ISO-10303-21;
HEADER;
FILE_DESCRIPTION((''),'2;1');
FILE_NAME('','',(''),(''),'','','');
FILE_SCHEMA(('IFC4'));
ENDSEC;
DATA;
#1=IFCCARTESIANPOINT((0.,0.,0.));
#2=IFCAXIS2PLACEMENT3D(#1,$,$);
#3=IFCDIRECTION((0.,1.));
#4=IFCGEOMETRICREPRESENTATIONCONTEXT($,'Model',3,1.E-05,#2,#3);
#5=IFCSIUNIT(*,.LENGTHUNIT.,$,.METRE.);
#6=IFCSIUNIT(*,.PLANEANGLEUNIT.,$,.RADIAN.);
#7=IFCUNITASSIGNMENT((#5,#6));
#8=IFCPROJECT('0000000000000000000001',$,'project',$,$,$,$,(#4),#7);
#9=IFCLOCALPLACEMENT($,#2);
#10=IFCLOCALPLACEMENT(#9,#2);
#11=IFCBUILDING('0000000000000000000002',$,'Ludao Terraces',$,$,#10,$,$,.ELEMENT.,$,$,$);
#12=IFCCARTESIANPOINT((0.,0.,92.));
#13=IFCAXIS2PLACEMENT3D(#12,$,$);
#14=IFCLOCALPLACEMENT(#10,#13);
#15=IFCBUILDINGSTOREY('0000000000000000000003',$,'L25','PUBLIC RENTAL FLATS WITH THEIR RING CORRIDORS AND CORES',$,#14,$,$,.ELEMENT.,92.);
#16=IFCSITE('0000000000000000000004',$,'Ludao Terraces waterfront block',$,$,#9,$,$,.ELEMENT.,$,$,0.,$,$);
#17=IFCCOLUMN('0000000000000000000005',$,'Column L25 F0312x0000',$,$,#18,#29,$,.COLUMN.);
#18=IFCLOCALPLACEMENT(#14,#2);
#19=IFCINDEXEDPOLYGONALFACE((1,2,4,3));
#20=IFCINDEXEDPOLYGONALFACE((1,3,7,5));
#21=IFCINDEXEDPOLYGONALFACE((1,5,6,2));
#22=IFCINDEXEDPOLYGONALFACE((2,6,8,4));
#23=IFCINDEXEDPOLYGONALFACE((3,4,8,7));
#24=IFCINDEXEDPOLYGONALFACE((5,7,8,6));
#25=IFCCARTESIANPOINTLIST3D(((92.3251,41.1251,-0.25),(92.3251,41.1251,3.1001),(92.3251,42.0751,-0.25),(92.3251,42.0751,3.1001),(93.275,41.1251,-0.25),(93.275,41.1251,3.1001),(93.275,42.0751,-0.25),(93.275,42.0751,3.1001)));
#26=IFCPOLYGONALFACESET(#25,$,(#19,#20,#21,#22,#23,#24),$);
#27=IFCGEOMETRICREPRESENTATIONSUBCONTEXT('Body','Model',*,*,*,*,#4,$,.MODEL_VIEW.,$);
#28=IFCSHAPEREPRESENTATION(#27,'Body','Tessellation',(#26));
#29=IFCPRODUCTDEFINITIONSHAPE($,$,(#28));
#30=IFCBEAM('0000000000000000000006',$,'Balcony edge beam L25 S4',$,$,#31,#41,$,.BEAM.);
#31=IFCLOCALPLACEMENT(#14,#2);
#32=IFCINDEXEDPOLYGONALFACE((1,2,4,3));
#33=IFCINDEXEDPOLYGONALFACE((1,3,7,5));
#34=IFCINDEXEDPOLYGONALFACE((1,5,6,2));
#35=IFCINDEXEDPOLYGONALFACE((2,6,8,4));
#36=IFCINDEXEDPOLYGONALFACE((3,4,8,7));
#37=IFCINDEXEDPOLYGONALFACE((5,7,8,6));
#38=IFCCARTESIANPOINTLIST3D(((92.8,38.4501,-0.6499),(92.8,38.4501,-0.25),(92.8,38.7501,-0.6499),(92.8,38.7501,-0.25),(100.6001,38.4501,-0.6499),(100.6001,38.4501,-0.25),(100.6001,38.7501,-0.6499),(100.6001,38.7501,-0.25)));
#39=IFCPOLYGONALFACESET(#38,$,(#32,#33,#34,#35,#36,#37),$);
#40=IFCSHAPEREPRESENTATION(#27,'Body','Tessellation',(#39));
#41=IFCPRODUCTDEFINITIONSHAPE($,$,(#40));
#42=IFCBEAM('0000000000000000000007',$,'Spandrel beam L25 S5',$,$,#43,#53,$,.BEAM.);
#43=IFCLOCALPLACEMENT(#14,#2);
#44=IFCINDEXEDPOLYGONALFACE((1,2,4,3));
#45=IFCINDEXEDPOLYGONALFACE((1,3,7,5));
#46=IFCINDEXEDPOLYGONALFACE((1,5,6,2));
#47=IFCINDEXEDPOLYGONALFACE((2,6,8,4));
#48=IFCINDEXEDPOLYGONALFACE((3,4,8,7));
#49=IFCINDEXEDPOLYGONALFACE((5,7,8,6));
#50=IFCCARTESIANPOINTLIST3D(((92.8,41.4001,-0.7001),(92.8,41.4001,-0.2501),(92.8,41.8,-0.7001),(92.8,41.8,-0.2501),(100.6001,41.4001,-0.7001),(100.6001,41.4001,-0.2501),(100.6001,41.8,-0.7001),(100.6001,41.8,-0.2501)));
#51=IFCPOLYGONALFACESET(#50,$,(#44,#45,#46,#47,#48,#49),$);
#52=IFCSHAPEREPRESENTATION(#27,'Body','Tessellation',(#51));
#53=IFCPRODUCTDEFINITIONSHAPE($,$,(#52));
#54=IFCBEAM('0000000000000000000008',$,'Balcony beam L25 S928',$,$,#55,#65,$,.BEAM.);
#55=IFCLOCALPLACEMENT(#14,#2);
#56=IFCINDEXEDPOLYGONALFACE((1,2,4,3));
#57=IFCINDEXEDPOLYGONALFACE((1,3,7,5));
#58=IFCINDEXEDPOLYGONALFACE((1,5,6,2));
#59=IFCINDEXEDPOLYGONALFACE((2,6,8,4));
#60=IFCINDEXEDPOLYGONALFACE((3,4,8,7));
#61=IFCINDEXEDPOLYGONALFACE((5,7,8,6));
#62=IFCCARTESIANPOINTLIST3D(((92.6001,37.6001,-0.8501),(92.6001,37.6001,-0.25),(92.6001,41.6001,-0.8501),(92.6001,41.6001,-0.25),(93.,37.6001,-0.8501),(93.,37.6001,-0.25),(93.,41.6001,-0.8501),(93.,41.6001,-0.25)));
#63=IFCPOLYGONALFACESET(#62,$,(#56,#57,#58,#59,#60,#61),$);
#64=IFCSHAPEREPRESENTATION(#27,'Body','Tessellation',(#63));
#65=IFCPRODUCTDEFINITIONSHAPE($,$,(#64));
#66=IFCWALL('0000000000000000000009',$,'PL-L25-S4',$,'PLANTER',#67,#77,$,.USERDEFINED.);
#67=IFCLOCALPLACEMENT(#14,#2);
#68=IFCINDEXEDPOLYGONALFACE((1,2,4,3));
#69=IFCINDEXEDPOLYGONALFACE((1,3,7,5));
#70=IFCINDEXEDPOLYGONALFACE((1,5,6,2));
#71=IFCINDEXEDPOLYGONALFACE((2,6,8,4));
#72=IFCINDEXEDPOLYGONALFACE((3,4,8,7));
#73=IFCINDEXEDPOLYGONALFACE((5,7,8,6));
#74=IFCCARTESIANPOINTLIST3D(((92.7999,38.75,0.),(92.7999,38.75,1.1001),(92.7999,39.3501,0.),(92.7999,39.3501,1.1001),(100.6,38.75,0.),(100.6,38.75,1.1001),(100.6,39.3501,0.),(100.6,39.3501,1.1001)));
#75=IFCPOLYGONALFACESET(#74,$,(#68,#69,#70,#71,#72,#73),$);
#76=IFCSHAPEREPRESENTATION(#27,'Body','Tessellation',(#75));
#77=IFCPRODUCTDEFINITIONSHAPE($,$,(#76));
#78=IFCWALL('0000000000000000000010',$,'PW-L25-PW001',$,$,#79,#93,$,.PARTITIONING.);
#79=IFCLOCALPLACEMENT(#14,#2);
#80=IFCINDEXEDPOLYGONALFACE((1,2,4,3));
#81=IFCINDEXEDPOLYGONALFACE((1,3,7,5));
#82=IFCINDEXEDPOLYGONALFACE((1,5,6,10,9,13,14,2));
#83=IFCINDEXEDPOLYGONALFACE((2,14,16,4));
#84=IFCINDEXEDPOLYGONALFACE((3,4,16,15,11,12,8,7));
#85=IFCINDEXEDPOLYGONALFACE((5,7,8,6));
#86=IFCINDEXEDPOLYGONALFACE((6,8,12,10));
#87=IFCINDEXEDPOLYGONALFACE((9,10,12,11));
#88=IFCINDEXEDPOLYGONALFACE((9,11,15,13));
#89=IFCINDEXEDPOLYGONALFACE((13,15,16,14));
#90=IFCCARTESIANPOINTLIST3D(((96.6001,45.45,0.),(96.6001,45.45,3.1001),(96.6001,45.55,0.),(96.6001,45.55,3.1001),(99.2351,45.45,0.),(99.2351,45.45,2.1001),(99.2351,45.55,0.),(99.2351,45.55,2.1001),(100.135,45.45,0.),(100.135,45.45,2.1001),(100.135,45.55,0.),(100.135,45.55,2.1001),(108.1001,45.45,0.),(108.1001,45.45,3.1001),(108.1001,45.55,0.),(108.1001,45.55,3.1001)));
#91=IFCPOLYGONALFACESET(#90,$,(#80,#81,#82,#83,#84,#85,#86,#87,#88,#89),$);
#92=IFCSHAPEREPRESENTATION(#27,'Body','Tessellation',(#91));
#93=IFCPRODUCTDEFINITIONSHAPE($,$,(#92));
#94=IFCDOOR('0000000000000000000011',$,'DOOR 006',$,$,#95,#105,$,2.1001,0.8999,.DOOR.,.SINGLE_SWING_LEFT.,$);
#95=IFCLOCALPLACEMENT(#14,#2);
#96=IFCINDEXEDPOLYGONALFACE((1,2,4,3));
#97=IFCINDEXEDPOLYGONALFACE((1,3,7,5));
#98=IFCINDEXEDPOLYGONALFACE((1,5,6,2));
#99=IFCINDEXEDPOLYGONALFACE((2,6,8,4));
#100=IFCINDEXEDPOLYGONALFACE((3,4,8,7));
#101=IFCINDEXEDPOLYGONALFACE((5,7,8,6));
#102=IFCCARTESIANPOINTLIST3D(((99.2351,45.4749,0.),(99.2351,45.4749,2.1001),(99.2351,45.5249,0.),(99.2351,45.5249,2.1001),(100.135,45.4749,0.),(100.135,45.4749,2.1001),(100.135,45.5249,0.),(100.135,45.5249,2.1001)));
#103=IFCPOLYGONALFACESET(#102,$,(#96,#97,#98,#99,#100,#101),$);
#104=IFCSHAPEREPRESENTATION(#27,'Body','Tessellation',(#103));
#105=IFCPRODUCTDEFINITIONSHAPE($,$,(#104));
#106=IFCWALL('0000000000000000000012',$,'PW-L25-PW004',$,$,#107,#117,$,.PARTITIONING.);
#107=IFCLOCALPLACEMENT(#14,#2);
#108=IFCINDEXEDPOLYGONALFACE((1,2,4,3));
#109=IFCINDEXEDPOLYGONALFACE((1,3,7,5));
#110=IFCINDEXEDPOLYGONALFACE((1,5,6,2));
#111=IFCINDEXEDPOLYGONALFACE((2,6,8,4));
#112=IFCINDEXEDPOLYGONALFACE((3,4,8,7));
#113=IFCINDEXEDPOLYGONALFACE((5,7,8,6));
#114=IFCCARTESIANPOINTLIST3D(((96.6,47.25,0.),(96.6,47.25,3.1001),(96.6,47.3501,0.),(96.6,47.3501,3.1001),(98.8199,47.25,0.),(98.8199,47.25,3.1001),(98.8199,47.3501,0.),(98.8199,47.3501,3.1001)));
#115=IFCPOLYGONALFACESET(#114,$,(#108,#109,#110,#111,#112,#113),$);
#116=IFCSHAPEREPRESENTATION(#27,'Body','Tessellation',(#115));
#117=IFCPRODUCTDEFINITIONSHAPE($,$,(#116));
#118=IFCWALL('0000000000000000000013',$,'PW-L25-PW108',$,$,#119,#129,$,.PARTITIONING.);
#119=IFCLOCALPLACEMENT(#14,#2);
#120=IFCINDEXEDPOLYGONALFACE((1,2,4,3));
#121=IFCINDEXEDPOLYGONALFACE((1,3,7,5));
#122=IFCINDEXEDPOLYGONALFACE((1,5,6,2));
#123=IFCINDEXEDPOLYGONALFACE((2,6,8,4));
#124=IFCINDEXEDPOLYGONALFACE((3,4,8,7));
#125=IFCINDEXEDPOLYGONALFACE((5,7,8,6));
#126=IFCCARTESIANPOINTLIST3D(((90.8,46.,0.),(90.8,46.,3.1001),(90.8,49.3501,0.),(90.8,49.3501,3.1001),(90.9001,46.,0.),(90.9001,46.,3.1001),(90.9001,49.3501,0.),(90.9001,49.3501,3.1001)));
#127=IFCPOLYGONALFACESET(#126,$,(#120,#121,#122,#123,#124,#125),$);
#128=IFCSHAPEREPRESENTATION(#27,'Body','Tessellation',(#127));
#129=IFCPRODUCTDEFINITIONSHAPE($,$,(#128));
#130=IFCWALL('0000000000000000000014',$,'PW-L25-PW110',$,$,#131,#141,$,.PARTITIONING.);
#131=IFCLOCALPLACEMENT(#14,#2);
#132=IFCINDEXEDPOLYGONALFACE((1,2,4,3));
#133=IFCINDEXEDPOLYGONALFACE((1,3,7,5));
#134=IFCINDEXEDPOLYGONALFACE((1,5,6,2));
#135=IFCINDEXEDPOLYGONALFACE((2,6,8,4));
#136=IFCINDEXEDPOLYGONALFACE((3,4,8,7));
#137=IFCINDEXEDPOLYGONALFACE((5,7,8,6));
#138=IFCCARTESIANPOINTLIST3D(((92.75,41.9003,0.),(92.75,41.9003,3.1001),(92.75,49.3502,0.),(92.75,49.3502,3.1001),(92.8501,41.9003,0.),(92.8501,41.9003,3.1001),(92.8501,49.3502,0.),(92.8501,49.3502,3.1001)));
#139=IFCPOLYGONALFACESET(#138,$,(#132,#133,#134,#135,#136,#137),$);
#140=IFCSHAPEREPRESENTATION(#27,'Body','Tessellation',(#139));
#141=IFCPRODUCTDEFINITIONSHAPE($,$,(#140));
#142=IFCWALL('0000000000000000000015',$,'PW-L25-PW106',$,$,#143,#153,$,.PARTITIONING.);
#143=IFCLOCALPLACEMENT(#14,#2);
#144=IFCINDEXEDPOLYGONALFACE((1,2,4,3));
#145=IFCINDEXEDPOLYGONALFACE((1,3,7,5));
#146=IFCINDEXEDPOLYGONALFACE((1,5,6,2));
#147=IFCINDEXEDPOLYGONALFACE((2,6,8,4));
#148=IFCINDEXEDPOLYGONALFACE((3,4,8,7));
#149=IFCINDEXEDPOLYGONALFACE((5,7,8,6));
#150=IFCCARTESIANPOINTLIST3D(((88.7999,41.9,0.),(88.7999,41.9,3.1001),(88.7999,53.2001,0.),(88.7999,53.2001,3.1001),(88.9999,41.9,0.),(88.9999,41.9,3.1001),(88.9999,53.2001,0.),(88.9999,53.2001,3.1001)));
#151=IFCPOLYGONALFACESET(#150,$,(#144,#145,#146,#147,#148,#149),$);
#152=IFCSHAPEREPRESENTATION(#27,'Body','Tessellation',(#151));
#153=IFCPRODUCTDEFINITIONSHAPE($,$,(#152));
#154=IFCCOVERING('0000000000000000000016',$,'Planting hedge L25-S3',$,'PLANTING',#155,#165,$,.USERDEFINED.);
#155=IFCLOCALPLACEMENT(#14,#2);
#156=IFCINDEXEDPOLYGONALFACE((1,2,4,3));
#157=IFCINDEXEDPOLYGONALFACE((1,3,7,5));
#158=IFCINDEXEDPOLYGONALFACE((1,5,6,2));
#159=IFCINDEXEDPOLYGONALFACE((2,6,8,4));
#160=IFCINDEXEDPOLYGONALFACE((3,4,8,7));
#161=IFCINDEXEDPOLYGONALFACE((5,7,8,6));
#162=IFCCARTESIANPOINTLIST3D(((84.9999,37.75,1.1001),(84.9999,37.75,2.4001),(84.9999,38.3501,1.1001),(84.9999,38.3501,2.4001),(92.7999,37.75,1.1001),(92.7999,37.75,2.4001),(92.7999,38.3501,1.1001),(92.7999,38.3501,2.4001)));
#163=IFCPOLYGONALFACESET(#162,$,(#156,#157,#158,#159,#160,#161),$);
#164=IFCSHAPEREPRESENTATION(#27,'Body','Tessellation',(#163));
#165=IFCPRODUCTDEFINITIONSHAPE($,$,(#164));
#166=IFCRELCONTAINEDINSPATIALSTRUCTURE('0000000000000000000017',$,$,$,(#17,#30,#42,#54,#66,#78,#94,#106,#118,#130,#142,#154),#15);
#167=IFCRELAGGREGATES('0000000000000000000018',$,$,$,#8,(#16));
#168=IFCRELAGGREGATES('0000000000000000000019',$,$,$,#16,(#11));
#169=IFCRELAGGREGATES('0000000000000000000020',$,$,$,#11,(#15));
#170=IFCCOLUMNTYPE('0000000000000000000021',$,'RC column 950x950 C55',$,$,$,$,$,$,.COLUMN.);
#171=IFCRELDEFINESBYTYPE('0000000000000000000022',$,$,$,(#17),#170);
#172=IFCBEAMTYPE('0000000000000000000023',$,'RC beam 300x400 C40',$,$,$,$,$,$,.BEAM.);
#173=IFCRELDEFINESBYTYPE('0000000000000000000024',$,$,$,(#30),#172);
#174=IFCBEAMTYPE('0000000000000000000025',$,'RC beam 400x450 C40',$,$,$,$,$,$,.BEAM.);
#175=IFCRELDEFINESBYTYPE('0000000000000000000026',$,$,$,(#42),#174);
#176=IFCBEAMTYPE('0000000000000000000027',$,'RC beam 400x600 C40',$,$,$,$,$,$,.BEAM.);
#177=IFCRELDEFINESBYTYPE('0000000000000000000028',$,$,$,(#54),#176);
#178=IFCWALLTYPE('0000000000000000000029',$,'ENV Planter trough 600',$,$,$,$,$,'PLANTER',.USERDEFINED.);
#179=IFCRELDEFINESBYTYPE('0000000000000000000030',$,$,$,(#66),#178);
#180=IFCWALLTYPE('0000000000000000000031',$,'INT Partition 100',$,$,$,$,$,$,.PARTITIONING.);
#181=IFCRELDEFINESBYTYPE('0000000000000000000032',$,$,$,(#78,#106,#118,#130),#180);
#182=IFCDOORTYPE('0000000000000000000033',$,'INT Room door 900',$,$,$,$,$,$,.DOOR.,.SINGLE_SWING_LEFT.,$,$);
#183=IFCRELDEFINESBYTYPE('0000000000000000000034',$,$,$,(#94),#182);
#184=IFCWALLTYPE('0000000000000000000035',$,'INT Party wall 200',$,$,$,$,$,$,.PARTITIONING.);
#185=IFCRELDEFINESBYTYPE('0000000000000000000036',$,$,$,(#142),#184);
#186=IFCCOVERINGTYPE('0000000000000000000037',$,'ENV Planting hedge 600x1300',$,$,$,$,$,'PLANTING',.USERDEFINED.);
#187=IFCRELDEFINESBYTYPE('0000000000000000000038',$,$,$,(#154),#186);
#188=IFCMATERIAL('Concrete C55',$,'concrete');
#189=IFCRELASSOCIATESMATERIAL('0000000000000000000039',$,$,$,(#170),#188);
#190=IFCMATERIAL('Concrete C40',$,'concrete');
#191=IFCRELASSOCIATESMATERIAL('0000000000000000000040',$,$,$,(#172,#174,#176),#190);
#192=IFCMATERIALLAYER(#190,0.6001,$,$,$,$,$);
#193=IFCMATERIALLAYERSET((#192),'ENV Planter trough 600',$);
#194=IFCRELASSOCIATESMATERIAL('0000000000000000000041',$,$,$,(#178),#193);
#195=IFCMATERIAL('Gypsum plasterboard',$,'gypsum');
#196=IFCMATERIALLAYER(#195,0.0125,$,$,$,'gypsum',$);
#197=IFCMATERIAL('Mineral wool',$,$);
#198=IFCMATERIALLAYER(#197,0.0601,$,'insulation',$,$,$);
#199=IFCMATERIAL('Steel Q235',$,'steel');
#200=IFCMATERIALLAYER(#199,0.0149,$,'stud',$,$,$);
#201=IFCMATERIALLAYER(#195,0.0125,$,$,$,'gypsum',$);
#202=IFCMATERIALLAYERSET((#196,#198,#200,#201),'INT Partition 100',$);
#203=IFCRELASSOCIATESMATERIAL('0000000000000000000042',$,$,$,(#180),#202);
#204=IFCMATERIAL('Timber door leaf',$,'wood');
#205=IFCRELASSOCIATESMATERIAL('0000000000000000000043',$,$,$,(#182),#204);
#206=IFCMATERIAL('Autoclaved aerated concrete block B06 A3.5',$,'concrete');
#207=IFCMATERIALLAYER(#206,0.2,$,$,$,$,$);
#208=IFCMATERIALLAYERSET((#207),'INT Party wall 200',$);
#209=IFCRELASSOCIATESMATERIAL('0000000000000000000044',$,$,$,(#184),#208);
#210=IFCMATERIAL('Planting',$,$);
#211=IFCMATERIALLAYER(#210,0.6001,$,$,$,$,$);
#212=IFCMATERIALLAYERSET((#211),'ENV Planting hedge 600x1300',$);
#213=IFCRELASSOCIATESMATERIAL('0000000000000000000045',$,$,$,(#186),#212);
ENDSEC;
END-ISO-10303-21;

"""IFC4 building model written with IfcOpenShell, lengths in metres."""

from ifc_helpers import new_model, si_unit, direction, frame, frame_2d, origin, origin_2d, place, context, subcontext, project, spatial, rectangle, extrude, material, layer, layer_set, material_profile, profile_set, type_object, element, fill, save


model = new_model("IFC4")

# Units and contexts
model_context = context("Model", 3, precision=1e-05, world=origin(), true_north=direction((0.0, 1.0)))
body_context = subcontext(model_context, "Body", "Model", "MODEL_VIEW")
ifc_project = project(units=[si_unit("LENGTHUNIT", "METRE"), si_unit("PLANEANGLEUNIT", "RADIAN")], contexts=[model_context])

# Site, building, storey
site_placement = place(None, origin())
site = spatial("IfcSite", under=ifc_project, at=site_placement, Name="Ludao Terraces waterfront block", CompositionType="ELEMENT", RefElevation=0.0)
building_placement = place(site_placement, origin())
building = spatial("IfcBuilding", under=site, at=building_placement, Name="Ludao Terraces", CompositionType="ELEMENT")
storey_placement = place(building_placement, frame((0.0, 0.0, 92.0)))
storey = spatial("IfcBuildingStorey", under=building, at=storey_placement, Name="L25", Description="PUBLIC RENTAL FLATS WITH THEIR RING CORRIDORS AND CORES", CompositionType="ELEMENT", Elevation=92.0)

# Column
ifc_material_1 = material(Name="Concrete C55", Category="concrete")
ifc_material_profile_1 = material_profile(ifc_material_1, rectangle(XDim=0.95, YDim=0.95, at=origin_2d()), Name="950 X 950")
ifc_profile_set_1 = profile_set([ifc_material_profile_1], Name="Concrete C55")
column_type = type_object("IfcColumnType", Name="RC column 950x950 C55", PredefinedType="COLUMN", material=ifc_profile_set_1)
column_placement = place(storey_placement, frame((92.8, 41.6001, -0.25), z_axis=(0.0, 0.0, 1.0), x_axis=(1.0, 0.0, 0.0)))
element("IfcColumn", 1, at=column_placement, inside=storey, type_object=column_type, Name="Column L25 F0312x0000", PredefinedType="COLUMN", context=body_context, shape_type="SweptSolid", body=[
    extrude(rectangle(XDim=0.95, YDim=0.95, at=origin_2d()), origin(), (0.0, 0.0, 1.0), 3.3501),
])

# Beams
ifc_material_2 = material(Name="Concrete C40", Category="concrete")
ifc_material_profile_2 = material_profile(ifc_material_2, rectangle(XDim=0.3, YDim=0.3999, at=origin_2d()), Name="300 X 400")
ifc_profile_set_2 = profile_set([ifc_material_profile_2], Name="Concrete C40")
beam_type_1 = type_object("IfcBeamType", Name="RC beam 300x400 C40", PredefinedType="BEAM", material=ifc_profile_set_2)
beam_1_placement = place(storey_placement, frame((92.8, 38.6001, -0.45), z_axis=(1.0, 0.0, 0.0), x_axis=(0.0, 1.0, 0.0)))
element("IfcBeam", 2, at=beam_1_placement, inside=storey, type_object=beam_type_1, Name="Balcony edge beam L25 S4", PredefinedType="BEAM", context=body_context, shape_type="SweptSolid", body=[
    extrude(rectangle(XDim=0.3, YDim=0.3999, at=origin_2d()), origin(), (0.0, 0.0, 1.0), 7.8),
])
ifc_material_profile_3 = material_profile(ifc_material_2, rectangle(XDim=0.3999, YDim=0.45, at=origin_2d()), Name="400 X 450")
ifc_profile_set_3 = profile_set([ifc_material_profile_3], Name="Concrete C40")
beam_type_2 = type_object("IfcBeamType", Name="RC beam 400x450 C40", PredefinedType="BEAM", material=ifc_profile_set_3)
beam_2_placement = place(storey_placement, frame((92.8, 41.6001, -0.4751), z_axis=(1.0, 0.0, 0.0), x_axis=(0.0, 1.0, 0.0)))
element("IfcBeam", 3, at=beam_2_placement, inside=storey, type_object=beam_type_2, Name="Spandrel beam L25 S5", PredefinedType="BEAM", context=body_context, shape_type="SweptSolid", body=[
    extrude(rectangle(XDim=0.3999, YDim=0.45, at=origin_2d()), origin(), (0.0, 0.0, 1.0), 7.8),
])
ifc_material_profile_4 = material_profile(ifc_material_2, rectangle(XDim=0.3999, YDim=0.6001, at=origin_2d()), Name="400 X 600")
ifc_profile_set_4 = profile_set([ifc_material_profile_4], Name="Concrete C40")
beam_type_3 = type_object("IfcBeamType", Name="RC beam 400x600 C40", PredefinedType="BEAM", material=ifc_profile_set_4)
beam_3_placement = place(storey_placement, frame((92.8, 41.6001, -0.55), z_axis=(0.0, -1.0, 0.0), x_axis=(1.0, 0.0, 0.0)))
element("IfcBeam", 4, at=beam_3_placement, inside=storey, type_object=beam_type_3, Name="Balcony beam L25 S928", PredefinedType="BEAM", context=body_context, shape_type="SweptSolid", body=[
    extrude(rectangle(XDim=0.3999, YDim=0.6001, at=origin_2d()), origin(), (0.0, 0.0, 1.0), 4.0),
])

# Wall
ifc_layer_1 = layer(ifc_material_2, 0.6001)
ifc_layer_set_1 = layer_set([ifc_layer_1], Name="ENV Planter trough 600")
wall_type_1 = type_object("IfcWallType", Name="ENV Planter trough 600", ElementType="PLANTER", PredefinedType="USERDEFINED", material=ifc_layer_set_1)
wall_1_placement = place(storey_placement, frame((92.8, 39.05, 0.0), z_axis=(0.0, 0.0, 1.0), x_axis=(1.0, 0.0, 0.0)))
element("IfcWall", 5, at=wall_1_placement, inside=storey, type_object=wall_type_1, Name="PL-L25-S4", ObjectType="PLANTER", PredefinedType="USERDEFINED", context=body_context, shape_type="SweptSolid", body=[
    extrude(rectangle(XDim=7.8, YDim=0.6001, at=frame_2d((3.8999, 0.0))), origin(), (0.0, 0.0, 1.0), 1.1001),
])

# Shared definitions
ifc_material_3 = material(Name="Mineral wool")

# Wall, opening, door
ifc_material_4 = material(Name="Gypsum plasterboard", Category="gypsum")
ifc_layer_2 = layer(ifc_material_4, 0.0125, Category="gypsum")
ifc_layer_3 = layer(ifc_material_3, 0.0601, Name="insulation")
ifc_material_5 = material(Name="Steel Q235", Category="steel")
ifc_layer_4 = layer(ifc_material_5, 0.0149, Name="stud")
ifc_layer_5 = layer(ifc_material_4, 0.0125, Category="gypsum")
ifc_layer_set_2 = layer_set([ifc_layer_2, ifc_layer_3, ifc_layer_4, ifc_layer_5], Name="INT Partition 100")
wall_type_2 = type_object("IfcWallType", Name="INT Partition 100", PredefinedType="PARTITIONING", material=ifc_layer_set_2)
wall_2_placement = place(storey_placement, frame((96.6001, 45.5, 0.0), z_axis=(0.0, 0.0, 1.0), x_axis=(1.0, 0.0, 0.0)))
wall_2 = element("IfcWall", 6, at=wall_2_placement, inside=storey, type_object=wall_type_2, Name="PW-L25-PW001", PredefinedType="PARTITIONING", context=body_context, shape_type="SweptSolid", body=[
    extrude(rectangle(XDim=11.5, YDim=0.1001, at=frame_2d((5.75, 0.0))), origin(), (0.0, 0.0, 1.0), 3.1001),
])
opening_1_placement = place(wall_2_placement, frame((2.635, 0.0, 0.0)))
opening_1 = element("IfcOpeningElement", 7, at=opening_1_placement, cuts=wall_2, PredefinedType="OPENING", context=body_context, shape_type="SweptSolid", body=[
    extrude(rectangle(XDim=0.8999, YDim=2.1001, at=frame_2d((0.45, 1.05))), frame((0.0, 0.0601, 0.0), z_axis=(0.0, -1.0, 0.0), x_axis=(1.0, 0.0, 0.0)), (0.0, 0.0, 1.0), 0.1201),
])
ifc_material_6 = material(Name="Timber door leaf", Category="wood")
door_type_1 = type_object("IfcDoorType", Name="INT Room door 900", OperationType="SINGLE_SWING_LEFT", PredefinedType="DOOR", material=ifc_material_6)
door_1_placement = place(opening_1_placement, origin())
door_1 = element("IfcDoor", 8, at=door_1_placement, inside=storey, type_object=door_type_1, Name="DOOR 006", OperationType="SINGLE_SWING_LEFT", OverallHeight=2.1001, OverallWidth=0.8999, PredefinedType="DOOR", context=body_context, shape_type="SweptSolid", body=[
    extrude(rectangle(XDim=0.8999, YDim=2.1001, at=frame_2d((0.45, 1.05))), frame((0.0, 0.0249, 0.0), z_axis=(0.0, -1.0, 0.0), x_axis=(1.0, 0.0, 0.0)), (0.0, 0.0, 1.0), 0.05),
])
fill(opening_1, door_1)

# Walls
wall_3_placement = place(storey_placement, frame((96.6001, 47.3, 0.0), z_axis=(0.0, 0.0, 1.0), x_axis=(1.0, 0.0, 0.0)))
element("IfcWall", 9, at=wall_3_placement, inside=storey, type_object=wall_type_2, Name="PW-L25-PW004", PredefinedType="PARTITIONING", context=body_context, shape_type="SweptSolid", body=[
    extrude(rectangle(XDim=2.22, YDim=0.1001, at=frame_2d((1.1099, 0.0))), origin(), (0.0, 0.0, 1.0), 3.1001),
])
wall_4_placement = place(storey_placement, frame((90.8501, 46.0, 0.0), z_axis=(0.0, 0.0, 1.0), x_axis=(0.0, 1.0, 0.0)))
element("IfcWall", 10, at=wall_4_placement, inside=storey, type_object=wall_type_2, Name="PW-L25-PW108", PredefinedType="PARTITIONING", context=body_context, shape_type="SweptSolid", body=[
    extrude(rectangle(XDim=3.3501, YDim=0.1001, at=frame_2d((1.675, 0.0))), origin(), (0.0, 0.0, 1.0), 3.1001),
])
wall_5_placement = place(storey_placement, frame((92.8, 41.9001, 0.0), z_axis=(0.0, 0.0, 1.0), x_axis=(0.0, 1.0, 0.0)))
element("IfcWall", 11, at=wall_5_placement, inside=storey, type_object=wall_type_2, Name="PW-L25-PW110", PredefinedType="PARTITIONING", context=body_context, shape_type="SweptSolid", body=[
    extrude(rectangle(XDim=7.45, YDim=0.1001, at=frame_2d((3.7251, 0.0))), origin(), (0.0, 0.0, 1.0), 3.1001),
])
ifc_material_7 = material(Name="Autoclaved aerated concrete block B06 A3.5", Category="concrete")
ifc_layer_6 = layer(ifc_material_7, 0.2)
ifc_layer_set_3 = layer_set([ifc_layer_6], Name="INT Party wall 200")
wall_type_3 = type_object("IfcWallType", Name="INT Party wall 200", PredefinedType="PARTITIONING", material=ifc_layer_set_3)
wall_6_placement = place(storey_placement, frame((88.8999, 41.9001, 0.0), z_axis=(0.0, 0.0, 1.0), x_axis=(0.0, 1.0, 0.0)))
element("IfcWall", 12, at=wall_6_placement, inside=storey, type_object=wall_type_3, Name="PW-L25-PW106", PredefinedType="PARTITIONING", context=body_context, shape_type="SweptSolid", body=[
    extrude(rectangle(XDim=11.3, YDim=0.2, at=frame_2d((5.6499, 0.0))), origin(), (0.0, 0.0, 1.0), 3.1001),
])

# Covering
ifc_material_8 = material(Name="Planting")
ifc_layer_7 = layer(ifc_material_8, 0.6001)
ifc_layer_set_4 = layer_set([ifc_layer_7], Name="ENV Planting hedge 600x1300")
covering_type = type_object("IfcCoveringType", Name="ENV Planting hedge 600x1300", ElementType="PLANTING", PredefinedType="USERDEFINED", material=ifc_layer_set_4)
covering_placement = place(storey_placement, frame((88.8999, 38.05, 1.1001), z_axis=(0.0, 0.0, 1.0), x_axis=(1.0, 0.0, 0.0)))
element("IfcCovering", 13, at=covering_placement, inside=storey, type_object=covering_type, Name="Planting hedge L25-S3", ObjectType="PLANTING", PredefinedType="USERDEFINED", context=body_context, shape_type="SweptSolid", body=[
    extrude(rectangle(XDim=7.8, YDim=0.6001, at=origin_2d()), origin(), (0.0, 0.0, 1.0), 1.3),
])

save(model, "model.ifc")
